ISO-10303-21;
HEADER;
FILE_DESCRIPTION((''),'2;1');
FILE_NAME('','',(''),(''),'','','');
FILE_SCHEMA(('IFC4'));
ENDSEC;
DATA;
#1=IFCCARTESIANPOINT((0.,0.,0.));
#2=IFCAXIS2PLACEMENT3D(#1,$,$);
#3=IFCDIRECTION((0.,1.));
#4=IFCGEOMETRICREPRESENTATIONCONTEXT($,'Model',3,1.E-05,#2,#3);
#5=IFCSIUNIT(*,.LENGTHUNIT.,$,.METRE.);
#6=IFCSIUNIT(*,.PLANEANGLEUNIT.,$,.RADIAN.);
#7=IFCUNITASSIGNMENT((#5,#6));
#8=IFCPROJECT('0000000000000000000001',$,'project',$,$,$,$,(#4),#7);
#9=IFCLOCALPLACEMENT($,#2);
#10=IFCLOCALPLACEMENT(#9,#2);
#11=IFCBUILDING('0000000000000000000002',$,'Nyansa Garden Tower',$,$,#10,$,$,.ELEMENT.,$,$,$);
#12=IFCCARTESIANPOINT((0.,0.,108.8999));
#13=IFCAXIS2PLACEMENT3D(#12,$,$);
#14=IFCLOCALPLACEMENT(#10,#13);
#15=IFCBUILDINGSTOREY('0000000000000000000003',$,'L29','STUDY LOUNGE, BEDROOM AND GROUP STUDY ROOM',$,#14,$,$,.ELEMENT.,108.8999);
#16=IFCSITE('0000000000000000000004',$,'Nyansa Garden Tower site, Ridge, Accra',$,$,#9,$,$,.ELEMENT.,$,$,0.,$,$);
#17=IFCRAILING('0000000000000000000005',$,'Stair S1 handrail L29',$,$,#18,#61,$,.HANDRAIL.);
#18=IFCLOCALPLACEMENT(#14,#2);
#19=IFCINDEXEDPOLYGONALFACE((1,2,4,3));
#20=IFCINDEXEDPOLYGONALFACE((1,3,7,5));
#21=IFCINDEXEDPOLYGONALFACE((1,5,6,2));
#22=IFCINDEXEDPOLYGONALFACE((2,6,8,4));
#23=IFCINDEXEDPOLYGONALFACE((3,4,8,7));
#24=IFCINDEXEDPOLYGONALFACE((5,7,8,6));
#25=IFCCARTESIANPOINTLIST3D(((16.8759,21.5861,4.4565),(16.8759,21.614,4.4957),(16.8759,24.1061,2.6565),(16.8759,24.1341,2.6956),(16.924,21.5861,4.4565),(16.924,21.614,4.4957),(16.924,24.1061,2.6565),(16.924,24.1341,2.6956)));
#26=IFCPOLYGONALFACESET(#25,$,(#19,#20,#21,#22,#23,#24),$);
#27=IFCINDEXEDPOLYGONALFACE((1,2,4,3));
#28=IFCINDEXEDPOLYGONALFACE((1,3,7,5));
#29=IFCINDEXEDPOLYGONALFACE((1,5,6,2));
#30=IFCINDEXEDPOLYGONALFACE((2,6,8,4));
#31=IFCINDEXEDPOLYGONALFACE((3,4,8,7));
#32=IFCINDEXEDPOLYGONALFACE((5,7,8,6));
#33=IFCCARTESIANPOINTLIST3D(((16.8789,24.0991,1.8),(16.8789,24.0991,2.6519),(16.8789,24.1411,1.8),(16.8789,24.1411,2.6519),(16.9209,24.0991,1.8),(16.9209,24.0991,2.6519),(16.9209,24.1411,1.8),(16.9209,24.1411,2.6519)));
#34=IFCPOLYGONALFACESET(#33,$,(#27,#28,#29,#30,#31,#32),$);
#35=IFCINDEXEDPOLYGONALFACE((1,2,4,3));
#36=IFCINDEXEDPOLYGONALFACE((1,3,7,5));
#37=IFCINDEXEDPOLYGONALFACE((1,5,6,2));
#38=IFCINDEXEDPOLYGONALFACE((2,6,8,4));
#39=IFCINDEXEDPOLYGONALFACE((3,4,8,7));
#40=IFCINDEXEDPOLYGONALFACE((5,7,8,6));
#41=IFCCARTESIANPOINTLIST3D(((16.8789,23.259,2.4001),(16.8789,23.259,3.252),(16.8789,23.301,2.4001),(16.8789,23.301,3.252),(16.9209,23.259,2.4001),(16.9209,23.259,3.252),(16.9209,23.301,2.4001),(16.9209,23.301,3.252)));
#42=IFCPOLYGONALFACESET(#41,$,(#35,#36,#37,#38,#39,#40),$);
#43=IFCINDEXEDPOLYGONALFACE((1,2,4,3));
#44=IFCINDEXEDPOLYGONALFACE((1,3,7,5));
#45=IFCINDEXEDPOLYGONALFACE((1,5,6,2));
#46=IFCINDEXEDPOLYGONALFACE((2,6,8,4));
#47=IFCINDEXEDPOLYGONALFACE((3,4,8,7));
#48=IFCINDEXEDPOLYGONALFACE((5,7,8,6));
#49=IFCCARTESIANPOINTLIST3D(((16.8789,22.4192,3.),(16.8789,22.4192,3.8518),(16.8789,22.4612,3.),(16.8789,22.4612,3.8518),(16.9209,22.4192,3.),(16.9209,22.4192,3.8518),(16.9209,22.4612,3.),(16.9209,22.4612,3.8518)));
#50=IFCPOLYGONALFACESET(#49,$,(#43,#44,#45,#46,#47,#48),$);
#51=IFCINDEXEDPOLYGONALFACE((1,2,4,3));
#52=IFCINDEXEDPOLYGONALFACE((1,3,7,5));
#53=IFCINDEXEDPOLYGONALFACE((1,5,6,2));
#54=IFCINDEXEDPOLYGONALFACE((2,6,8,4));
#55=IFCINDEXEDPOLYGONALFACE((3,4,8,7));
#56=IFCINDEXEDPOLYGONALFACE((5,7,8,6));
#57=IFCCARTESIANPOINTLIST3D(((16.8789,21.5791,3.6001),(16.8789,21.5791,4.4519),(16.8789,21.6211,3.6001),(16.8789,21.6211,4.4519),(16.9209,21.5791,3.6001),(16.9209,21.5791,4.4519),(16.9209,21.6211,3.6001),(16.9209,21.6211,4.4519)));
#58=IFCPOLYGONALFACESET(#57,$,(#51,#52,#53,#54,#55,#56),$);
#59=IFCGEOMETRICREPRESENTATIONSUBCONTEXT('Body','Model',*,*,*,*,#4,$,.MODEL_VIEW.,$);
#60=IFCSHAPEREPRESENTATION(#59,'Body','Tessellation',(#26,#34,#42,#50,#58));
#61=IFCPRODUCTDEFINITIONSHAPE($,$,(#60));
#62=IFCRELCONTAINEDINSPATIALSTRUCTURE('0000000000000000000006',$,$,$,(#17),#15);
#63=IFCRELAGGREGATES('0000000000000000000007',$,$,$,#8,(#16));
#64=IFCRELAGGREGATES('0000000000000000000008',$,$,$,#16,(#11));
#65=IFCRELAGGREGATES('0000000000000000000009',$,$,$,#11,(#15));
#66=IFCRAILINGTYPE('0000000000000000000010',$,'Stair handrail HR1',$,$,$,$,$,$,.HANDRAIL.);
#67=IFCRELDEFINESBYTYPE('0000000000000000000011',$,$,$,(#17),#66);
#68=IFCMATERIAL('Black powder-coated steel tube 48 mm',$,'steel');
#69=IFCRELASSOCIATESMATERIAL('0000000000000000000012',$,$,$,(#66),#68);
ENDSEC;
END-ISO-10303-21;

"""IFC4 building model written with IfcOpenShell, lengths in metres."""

from ifc_helpers import new_model, si_unit, direction, frame, origin, origin_2d, place, context, subcontext, project, spatial, rectangle, extrude, material, type_object, element, save


model = new_model("IFC4")

# Units and contexts
model_context = context("Model", 3, precision=1e-05, world=origin(), true_north=direction((0.0, 1.0)))
body_context = subcontext(model_context, "Body", "Model", "MODEL_VIEW")
ifc_project = project(units=[si_unit("LENGTHUNIT", "METRE"), si_unit("PLANEANGLEUNIT", "RADIAN")], contexts=[model_context])

# Site, building, storey
site_placement = place(None, origin())
site = spatial("IfcSite", under=ifc_project, at=site_placement, Name="Nyansa Garden Tower site, Ridge, Accra", CompositionType="ELEMENT", RefElevation=0.0)
building_placement = place(site_placement, origin())
building = spatial("IfcBuilding", under=site, at=building_placement, Name="Nyansa Garden Tower", CompositionType="ELEMENT")
storey_placement = place(building_placement, frame((0.0, 0.0, 108.8999)))
storey = spatial("IfcBuildingStorey", under=building, at=storey_placement, Name="L29", Description="STUDY LOUNGE, BEDROOM AND GROUP STUDY ROOM", CompositionType="ELEMENT", Elevation=108.8999)

# Railing
ifc_material_1 = material(Name="Black powder-coated steel tube 48 mm", Category="steel")
railing_type = type_object("IfcRailingType", Name="Stair handrail HR1", PredefinedType="HANDRAIL", material=ifc_material_1)
railing_1_placement = place(storey_placement, frame((16.8999, 24.1201, 1.8)))
element("IfcRailing", 1, at=railing_1_placement, inside=storey, type_object=railing_type, Name="Stair S1 handrail L29", PredefinedType="HANDRAIL", context=body_context, shape_type="SweptSolid", body=[
    extrude(rectangle(XDim=0.0481, YDim=0.0481, at=origin_2d()), frame((0.0, 0.0, 0.876), z_axis=(0.0, -0.813728, 0.581246), x_axis=(1.0, 0.0, 0.0)), (0.0, 0.0, 1.0), 3.0969),
    extrude(rectangle(XDim=0.042, YDim=0.042, at=origin_2d()), origin(), (0.0, 0.0, 1.0), 0.8518),
    extrude(rectangle(XDim=0.042, YDim=0.042, at=origin_2d()), frame((0.0, -0.8401, 0.6001)), (0.0, 0.0, 1.0), 0.8518),
    extrude(rectangle(XDim=0.042, YDim=0.042, at=origin_2d()), frame((0.0, -1.6799, 1.2)), (0.0, 0.0, 1.0), 0.8518),
    extrude(rectangle(XDim=0.042, YDim=0.042, at=origin_2d()), frame((0.0, -2.52, 1.8)), (0.0, 0.0, 1.0), 0.8518),
])

save(model, "model.ifc")
